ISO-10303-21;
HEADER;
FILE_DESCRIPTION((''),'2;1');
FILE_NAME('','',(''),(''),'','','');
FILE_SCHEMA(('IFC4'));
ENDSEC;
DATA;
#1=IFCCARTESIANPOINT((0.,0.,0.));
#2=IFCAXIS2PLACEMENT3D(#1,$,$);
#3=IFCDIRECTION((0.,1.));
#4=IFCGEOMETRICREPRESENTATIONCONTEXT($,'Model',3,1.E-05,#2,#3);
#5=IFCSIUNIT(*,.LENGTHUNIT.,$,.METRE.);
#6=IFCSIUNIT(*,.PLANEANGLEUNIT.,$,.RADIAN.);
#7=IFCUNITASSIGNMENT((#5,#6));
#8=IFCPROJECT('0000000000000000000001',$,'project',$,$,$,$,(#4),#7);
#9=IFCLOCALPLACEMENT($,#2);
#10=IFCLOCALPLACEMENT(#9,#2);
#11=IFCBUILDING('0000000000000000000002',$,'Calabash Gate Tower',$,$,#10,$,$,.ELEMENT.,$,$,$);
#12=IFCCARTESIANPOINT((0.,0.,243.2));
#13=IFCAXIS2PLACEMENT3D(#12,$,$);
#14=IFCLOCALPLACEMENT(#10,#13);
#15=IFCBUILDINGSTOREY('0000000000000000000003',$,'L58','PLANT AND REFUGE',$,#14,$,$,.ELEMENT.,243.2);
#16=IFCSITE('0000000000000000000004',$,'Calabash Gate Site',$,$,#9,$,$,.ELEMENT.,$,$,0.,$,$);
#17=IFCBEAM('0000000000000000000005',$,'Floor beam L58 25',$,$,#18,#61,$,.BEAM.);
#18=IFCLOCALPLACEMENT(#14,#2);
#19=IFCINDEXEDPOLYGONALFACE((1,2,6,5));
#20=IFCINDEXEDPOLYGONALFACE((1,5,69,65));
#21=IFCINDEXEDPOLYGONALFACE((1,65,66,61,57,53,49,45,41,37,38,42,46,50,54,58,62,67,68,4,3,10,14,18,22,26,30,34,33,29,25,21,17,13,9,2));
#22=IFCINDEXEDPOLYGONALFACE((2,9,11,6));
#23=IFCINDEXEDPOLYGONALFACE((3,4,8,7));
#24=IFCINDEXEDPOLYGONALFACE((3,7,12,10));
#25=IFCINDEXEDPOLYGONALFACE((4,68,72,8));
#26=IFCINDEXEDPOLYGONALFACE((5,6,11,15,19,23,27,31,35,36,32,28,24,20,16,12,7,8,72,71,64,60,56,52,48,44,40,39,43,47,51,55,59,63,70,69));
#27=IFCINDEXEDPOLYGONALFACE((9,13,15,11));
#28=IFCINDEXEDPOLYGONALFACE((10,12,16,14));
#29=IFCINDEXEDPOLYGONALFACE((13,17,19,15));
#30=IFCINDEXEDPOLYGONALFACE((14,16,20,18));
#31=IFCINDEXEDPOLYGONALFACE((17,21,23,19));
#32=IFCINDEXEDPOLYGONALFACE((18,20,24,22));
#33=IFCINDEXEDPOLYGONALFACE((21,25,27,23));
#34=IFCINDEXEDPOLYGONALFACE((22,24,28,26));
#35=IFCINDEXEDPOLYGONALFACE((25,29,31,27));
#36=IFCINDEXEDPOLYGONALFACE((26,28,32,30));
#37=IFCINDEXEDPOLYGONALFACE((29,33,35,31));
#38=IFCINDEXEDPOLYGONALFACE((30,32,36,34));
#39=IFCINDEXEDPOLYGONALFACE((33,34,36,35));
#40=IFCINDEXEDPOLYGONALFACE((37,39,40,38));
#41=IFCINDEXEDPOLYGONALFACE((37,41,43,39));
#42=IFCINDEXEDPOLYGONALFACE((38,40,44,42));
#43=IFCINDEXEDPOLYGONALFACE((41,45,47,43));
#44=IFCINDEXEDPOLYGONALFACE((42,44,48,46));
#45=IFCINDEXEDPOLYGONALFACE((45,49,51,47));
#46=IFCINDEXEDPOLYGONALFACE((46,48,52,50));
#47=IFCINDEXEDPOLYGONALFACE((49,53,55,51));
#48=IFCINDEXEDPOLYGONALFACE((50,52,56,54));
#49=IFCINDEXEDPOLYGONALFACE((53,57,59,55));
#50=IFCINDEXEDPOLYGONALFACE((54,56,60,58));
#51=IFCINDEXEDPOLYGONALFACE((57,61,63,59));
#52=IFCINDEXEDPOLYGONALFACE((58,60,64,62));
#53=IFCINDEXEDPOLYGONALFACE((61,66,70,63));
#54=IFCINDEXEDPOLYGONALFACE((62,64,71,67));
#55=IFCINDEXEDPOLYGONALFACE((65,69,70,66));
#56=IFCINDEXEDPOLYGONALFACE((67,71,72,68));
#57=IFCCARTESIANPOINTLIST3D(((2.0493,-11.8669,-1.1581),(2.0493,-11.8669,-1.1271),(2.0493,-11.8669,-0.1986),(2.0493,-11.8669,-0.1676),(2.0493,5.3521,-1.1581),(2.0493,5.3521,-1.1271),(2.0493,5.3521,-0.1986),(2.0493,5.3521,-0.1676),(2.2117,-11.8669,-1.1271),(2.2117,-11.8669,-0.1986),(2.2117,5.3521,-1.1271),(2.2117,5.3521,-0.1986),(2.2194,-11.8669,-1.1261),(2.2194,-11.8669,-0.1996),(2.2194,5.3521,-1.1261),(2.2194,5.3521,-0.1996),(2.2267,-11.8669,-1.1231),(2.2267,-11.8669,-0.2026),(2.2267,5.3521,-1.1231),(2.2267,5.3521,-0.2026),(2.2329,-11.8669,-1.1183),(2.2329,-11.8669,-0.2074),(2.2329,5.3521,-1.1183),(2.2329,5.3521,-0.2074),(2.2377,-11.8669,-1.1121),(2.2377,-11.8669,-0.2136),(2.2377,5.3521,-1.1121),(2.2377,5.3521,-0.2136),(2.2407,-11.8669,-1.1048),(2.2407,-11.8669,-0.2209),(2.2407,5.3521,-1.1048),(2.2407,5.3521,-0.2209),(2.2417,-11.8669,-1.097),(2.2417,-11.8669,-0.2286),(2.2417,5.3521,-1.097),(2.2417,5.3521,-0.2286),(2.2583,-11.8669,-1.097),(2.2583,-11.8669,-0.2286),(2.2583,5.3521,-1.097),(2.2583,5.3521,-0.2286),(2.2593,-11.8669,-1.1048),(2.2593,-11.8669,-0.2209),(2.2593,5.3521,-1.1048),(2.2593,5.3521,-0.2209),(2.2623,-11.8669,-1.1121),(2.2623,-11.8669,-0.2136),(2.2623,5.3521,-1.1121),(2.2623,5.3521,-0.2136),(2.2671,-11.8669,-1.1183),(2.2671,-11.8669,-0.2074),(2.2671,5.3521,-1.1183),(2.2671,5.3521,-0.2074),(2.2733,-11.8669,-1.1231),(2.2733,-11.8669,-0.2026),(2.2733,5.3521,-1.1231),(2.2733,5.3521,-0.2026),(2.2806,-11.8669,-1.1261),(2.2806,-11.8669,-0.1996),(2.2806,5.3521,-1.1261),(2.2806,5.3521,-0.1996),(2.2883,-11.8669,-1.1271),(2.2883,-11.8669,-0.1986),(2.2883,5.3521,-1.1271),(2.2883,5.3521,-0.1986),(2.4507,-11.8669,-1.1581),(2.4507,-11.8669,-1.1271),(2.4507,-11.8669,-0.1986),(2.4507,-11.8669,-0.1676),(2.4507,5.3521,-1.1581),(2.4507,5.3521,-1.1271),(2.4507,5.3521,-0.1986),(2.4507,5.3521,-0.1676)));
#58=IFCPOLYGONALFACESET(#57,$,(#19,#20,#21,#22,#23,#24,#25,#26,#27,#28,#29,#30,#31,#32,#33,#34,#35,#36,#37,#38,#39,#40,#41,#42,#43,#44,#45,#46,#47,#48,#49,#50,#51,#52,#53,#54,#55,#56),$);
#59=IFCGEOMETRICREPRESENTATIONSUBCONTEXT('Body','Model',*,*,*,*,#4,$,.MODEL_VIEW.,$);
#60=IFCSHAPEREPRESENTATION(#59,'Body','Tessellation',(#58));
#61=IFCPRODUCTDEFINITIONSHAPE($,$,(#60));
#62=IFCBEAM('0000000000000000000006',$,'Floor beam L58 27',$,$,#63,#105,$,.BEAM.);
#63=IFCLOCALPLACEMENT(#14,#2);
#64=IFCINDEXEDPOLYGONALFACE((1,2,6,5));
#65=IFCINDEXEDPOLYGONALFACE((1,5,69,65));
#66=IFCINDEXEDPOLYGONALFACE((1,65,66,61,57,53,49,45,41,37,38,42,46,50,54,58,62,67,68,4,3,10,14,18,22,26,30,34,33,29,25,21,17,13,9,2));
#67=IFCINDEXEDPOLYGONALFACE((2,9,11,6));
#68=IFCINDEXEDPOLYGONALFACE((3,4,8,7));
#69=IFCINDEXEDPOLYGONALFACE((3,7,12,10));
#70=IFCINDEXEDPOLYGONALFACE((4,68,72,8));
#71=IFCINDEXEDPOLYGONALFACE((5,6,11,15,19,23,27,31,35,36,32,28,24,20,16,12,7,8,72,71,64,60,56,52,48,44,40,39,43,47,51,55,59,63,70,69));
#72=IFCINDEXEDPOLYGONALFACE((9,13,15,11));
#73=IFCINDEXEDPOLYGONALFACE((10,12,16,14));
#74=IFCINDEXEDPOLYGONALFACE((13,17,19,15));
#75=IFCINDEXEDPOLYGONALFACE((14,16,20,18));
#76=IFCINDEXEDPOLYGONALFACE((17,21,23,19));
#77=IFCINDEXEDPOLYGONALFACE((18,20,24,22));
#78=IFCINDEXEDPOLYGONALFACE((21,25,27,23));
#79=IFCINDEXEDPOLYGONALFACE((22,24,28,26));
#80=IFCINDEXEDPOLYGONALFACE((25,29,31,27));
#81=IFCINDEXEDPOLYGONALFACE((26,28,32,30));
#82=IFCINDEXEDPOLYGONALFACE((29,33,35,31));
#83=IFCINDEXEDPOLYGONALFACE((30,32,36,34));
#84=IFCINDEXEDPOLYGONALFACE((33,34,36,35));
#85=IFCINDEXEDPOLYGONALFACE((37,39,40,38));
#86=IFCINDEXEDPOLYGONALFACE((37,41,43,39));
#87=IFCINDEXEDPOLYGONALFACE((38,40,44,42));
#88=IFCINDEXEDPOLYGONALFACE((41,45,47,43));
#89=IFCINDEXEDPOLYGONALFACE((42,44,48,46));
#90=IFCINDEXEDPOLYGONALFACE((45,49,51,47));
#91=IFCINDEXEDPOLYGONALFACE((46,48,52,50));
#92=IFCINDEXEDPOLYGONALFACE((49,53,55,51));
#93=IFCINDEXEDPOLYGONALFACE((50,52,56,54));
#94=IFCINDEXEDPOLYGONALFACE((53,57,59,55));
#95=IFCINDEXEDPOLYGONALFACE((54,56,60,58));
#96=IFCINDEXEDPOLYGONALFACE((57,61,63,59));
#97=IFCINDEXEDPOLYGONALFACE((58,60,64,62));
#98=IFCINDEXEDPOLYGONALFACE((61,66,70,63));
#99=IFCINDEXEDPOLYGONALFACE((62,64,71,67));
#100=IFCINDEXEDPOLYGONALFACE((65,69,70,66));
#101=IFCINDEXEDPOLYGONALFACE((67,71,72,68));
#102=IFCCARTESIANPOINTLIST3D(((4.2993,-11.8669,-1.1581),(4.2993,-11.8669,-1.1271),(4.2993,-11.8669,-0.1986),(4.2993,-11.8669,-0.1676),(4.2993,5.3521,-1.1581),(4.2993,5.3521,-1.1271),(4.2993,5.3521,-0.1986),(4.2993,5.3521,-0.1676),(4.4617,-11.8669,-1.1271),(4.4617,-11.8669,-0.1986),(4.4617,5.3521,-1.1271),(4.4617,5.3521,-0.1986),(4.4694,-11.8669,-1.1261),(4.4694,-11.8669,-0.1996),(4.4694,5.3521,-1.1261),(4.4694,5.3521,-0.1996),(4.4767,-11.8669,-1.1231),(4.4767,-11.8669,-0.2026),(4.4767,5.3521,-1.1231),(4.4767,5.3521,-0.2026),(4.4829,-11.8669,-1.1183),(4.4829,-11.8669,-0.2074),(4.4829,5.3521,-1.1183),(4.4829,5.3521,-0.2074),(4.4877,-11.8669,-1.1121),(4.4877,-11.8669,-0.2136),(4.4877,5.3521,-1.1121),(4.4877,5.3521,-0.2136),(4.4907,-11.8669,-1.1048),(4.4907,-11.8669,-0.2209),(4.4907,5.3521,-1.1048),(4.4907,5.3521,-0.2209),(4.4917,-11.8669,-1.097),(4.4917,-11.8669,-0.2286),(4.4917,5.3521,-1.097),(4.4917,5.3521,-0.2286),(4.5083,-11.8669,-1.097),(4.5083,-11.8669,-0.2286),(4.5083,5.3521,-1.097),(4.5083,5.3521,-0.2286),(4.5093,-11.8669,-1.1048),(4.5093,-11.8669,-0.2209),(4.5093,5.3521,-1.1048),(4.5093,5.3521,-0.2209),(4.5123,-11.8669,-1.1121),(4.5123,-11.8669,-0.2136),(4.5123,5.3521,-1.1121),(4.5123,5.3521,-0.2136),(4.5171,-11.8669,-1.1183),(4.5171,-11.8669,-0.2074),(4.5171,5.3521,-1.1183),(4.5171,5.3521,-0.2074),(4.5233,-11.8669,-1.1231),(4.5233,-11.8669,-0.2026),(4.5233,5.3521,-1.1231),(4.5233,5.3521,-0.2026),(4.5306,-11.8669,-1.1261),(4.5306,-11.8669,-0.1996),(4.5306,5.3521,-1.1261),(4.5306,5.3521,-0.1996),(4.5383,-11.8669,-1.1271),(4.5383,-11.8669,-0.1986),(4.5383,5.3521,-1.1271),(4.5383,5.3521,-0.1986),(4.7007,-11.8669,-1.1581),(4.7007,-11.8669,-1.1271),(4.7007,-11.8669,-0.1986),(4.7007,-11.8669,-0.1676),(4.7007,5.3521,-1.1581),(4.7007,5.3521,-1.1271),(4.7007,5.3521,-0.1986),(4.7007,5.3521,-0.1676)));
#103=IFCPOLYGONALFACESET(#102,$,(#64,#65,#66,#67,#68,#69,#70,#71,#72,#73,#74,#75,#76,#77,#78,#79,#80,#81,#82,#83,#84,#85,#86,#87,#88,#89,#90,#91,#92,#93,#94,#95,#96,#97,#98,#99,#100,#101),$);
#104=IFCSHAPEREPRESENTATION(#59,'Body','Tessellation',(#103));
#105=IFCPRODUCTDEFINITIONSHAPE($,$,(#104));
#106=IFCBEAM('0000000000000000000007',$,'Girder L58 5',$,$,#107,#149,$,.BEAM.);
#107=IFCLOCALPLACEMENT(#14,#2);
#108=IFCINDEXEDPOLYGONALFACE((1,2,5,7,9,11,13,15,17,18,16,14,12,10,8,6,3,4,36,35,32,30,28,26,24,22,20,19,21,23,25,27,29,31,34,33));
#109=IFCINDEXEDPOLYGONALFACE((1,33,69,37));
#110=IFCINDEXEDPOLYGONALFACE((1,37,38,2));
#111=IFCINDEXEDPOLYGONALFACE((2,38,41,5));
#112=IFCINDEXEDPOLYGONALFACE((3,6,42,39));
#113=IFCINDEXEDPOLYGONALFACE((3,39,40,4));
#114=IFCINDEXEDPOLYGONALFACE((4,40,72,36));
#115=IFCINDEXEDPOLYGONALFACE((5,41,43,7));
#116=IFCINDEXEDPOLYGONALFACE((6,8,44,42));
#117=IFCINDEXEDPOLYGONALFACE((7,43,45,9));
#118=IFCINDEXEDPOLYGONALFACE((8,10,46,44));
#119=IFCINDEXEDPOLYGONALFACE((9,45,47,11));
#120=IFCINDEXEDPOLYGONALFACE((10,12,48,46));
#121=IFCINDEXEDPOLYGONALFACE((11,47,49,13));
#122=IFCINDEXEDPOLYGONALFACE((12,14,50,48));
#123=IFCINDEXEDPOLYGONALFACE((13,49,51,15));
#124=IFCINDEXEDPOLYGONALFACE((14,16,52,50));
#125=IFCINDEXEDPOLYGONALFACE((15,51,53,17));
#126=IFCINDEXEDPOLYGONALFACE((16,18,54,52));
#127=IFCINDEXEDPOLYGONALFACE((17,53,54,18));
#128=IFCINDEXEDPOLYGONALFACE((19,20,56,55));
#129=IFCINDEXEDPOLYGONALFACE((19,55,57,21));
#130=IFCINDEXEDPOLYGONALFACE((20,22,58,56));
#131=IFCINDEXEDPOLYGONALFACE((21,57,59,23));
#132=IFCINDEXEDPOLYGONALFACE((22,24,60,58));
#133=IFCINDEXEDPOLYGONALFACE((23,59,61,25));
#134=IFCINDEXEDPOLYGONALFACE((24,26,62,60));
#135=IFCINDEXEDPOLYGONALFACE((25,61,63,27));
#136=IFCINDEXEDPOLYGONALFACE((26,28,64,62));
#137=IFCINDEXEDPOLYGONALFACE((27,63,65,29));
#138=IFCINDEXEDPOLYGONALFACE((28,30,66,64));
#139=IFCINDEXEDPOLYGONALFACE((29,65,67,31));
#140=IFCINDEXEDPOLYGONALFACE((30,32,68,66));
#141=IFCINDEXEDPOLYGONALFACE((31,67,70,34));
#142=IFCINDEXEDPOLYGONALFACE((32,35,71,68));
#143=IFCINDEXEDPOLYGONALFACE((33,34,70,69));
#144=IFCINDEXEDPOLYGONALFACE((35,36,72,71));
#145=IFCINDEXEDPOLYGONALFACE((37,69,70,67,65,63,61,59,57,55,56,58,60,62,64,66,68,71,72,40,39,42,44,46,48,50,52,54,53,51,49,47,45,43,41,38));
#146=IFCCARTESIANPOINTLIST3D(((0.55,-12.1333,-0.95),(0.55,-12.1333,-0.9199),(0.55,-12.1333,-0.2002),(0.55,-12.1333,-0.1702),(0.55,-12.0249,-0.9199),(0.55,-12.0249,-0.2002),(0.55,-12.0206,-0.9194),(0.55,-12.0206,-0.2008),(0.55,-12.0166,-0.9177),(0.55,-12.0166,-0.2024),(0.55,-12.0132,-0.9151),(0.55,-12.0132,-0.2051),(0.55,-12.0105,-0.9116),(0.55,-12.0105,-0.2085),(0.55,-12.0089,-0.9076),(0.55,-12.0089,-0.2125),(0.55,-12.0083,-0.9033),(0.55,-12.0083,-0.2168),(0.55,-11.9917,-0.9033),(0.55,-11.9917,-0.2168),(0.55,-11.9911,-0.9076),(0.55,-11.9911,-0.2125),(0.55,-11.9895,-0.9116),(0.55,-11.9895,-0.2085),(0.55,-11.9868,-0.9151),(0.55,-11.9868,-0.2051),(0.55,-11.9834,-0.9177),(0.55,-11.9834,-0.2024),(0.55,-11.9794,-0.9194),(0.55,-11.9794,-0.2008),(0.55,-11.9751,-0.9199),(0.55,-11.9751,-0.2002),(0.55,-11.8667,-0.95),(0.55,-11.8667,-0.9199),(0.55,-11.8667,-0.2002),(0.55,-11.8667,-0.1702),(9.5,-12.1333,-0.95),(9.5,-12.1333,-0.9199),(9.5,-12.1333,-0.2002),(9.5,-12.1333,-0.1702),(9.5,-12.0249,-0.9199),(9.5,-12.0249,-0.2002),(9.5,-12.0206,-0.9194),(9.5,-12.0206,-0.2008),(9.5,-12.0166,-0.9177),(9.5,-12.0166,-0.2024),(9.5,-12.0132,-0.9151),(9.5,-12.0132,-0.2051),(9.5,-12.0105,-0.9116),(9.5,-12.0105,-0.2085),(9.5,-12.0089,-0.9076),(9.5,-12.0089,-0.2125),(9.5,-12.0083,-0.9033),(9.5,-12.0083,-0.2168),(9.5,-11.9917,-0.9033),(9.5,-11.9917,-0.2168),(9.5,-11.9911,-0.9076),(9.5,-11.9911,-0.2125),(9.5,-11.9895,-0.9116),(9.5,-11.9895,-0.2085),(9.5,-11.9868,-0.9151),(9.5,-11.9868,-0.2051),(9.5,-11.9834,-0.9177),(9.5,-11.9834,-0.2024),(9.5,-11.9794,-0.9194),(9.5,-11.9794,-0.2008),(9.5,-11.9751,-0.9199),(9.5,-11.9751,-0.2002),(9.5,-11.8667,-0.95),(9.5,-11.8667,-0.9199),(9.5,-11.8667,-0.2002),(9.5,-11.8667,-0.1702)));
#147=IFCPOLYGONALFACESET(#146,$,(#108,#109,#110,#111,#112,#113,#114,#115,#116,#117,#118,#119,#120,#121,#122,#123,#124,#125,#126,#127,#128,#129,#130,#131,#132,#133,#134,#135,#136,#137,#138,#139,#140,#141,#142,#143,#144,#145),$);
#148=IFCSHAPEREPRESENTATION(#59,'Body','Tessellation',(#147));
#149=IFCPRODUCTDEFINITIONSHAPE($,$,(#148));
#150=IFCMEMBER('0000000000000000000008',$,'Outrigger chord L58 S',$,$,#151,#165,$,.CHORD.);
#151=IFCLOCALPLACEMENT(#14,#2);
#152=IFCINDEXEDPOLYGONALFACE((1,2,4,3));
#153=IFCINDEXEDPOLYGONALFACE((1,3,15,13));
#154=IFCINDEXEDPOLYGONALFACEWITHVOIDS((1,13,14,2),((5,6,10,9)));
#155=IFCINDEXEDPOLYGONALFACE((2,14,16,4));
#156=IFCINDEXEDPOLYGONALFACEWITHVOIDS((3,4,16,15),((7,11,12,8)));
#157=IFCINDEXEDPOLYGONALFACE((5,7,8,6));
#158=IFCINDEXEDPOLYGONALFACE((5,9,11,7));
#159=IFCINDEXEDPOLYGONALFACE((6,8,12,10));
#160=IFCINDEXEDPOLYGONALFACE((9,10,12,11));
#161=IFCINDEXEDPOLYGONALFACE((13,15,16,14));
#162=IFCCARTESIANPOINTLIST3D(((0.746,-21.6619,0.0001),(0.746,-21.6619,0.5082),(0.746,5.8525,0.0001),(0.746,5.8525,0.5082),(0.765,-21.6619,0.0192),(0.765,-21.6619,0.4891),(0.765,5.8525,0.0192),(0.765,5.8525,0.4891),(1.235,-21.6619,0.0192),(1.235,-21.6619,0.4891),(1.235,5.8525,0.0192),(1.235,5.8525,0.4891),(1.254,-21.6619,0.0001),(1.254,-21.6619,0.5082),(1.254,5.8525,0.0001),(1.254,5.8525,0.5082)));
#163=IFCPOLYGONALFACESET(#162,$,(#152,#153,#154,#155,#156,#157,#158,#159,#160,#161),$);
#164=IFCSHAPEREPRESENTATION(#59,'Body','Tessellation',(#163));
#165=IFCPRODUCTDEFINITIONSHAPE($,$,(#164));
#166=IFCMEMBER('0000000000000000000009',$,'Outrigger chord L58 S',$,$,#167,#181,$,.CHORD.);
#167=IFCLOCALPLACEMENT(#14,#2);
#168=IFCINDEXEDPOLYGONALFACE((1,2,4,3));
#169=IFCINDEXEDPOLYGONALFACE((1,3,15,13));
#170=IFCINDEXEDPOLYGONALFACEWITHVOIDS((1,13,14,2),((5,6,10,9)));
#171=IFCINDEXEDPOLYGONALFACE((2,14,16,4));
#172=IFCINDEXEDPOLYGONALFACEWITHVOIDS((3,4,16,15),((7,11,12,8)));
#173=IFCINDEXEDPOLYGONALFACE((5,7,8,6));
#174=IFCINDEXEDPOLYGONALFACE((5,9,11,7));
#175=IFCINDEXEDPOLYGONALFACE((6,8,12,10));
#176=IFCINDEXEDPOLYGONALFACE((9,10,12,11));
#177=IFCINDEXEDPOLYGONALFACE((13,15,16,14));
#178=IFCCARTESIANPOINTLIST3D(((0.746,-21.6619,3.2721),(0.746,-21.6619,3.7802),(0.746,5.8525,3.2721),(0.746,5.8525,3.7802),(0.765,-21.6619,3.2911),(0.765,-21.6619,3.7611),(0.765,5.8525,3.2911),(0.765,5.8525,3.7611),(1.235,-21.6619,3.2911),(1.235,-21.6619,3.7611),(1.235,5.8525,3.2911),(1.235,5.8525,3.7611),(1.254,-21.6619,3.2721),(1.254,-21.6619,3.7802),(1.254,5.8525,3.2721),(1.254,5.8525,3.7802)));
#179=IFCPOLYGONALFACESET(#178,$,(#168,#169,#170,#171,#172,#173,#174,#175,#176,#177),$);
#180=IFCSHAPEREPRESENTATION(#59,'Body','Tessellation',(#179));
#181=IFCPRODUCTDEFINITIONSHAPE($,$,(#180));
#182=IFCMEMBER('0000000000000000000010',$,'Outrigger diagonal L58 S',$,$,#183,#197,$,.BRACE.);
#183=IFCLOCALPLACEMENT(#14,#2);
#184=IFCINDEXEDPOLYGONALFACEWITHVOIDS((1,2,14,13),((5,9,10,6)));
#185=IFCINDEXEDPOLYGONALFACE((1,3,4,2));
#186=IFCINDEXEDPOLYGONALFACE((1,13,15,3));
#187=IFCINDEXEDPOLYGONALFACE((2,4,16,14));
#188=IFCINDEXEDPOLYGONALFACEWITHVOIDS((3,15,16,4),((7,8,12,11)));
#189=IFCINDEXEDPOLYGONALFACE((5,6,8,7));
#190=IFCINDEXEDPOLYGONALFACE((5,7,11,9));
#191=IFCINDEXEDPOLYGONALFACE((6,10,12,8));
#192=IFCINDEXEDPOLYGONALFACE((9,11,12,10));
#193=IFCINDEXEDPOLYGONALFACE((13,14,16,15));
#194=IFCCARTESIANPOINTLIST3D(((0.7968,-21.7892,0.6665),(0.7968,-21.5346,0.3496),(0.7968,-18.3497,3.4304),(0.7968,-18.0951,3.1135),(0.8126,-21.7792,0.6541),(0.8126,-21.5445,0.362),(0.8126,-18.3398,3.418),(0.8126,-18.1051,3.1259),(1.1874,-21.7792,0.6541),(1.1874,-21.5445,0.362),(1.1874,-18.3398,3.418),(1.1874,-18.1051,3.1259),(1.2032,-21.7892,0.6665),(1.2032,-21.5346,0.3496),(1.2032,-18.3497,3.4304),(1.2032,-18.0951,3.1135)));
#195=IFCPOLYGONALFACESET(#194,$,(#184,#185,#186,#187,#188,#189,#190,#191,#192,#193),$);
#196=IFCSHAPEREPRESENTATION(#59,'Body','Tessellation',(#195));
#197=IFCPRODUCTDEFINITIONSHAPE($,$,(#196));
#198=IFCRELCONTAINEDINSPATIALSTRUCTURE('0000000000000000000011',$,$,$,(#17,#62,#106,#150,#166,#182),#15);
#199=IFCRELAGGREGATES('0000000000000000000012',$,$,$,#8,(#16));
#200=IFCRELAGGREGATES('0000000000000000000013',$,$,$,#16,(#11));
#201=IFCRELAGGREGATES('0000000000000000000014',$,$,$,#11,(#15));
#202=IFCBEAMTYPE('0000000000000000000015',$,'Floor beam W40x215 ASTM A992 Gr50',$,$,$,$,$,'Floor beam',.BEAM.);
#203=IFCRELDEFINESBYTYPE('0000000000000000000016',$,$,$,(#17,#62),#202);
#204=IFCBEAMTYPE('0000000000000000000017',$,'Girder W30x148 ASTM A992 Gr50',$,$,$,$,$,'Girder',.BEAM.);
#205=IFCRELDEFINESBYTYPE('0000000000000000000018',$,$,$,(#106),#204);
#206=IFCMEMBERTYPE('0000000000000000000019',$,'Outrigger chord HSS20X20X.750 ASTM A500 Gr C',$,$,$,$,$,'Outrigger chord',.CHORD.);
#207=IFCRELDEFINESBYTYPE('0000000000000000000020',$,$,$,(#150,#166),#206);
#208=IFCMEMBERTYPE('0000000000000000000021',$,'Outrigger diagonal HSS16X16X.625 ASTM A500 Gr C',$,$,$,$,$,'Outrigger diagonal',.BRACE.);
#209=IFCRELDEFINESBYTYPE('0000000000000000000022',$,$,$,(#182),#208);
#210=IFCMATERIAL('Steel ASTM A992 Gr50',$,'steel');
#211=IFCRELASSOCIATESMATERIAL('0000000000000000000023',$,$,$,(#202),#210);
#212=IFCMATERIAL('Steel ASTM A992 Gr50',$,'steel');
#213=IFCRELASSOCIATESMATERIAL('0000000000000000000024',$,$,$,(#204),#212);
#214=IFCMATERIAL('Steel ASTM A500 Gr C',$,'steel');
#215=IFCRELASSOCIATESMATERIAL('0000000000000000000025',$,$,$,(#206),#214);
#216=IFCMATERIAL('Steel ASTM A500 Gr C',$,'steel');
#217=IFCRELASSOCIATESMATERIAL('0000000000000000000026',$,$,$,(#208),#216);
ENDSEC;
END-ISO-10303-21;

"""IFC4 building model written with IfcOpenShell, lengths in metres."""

from ifc_helpers import new_model, si_unit, direction, frame, origin, origin_2d, place, context, subcontext, project, spatial, hollow_rectangle, i_section, extrude, material, material_profile, profile_set, type_object, element, save


model = new_model("IFC4")

# Units and contexts
model_context = context("Model", 3, precision=1e-05, world=origin(), true_north=direction((0.0, 1.0)))
body_context = subcontext(model_context, "Body", "Model", "MODEL_VIEW")
ifc_project = project(units=[si_unit("LENGTHUNIT", "METRE"), si_unit("PLANEANGLEUNIT", "RADIAN")], contexts=[model_context])

# Site, building, storey
site_placement = place(None, origin())
site = spatial("IfcSite", under=ifc_project, at=site_placement, Name="Calabash Gate Site", CompositionType="ELEMENT", RefElevation=0.0)
building_placement = place(site_placement, origin())
building = spatial("IfcBuilding", under=site, at=building_placement, Name="Calabash Gate Tower", CompositionType="ELEMENT")
storey_placement = place(building_placement, frame((0.0, 0.0, 243.2)))
storey = spatial("IfcBuildingStorey", under=building, at=storey_placement, Name="L58", Description="PLANT AND REFUGE", CompositionType="ELEMENT", Elevation=243.2)

# Beams
ifc_material_1 = material(Name="Steel ASTM A992 Gr50", Category="steel")
ifc_material_profile_1 = material_profile(ifc_material_1, i_section(OverallWidth=0.4014, OverallDepth=0.9905, WebThickness=0.0166, FlangeThickness=0.031, FilletRadius=0.03, at=origin_2d()))
ifc_profile_set_1 = profile_set([ifc_material_profile_1], Name="Steel ASTM A992 Gr50")
beam_type_1 = type_object("IfcBeamType", Name="Floor beam W40x215 ASTM A992 Gr50", ElementType="Floor beam", PredefinedType="BEAM", material=ifc_profile_set_1)
for number, where, z_axis, x_axis, name in (
    (1, (2.25, -11.8669, -0.6628), (0.0, 1.0, 0.0), (-1.0, 0.0, 0.0), "Floor beam L58 25"),
    (2, (4.5, -11.8669, -0.6628), (0.0, 1.0, 0.0), (-1.0, 0.0, 0.0), "Floor beam L58 27"),
):
    element("IfcBeam", number, at=place(storey_placement, frame(where, z_axis=z_axis, x_axis=x_axis)), inside=storey, type_object=beam_type_1, Name=name, PredefinedType="BEAM", context=body_context, shape_type="SweptSolid", body=[
        extrude(i_section(OverallWidth=0.4014, OverallDepth=0.9905, WebThickness=0.0166, FlangeThickness=0.031, FilletRadius=0.03, at=origin_2d()), origin(), (0.0, 0.0, 1.0), 17.219),
    ])
ifc_material_2 = material(Name="Steel ASTM A992 Gr50", Category="steel")
ifc_material_profile_2 = material_profile(ifc_material_2, i_section(OverallWidth=0.2666, OverallDepth=0.7798, WebThickness=0.0166, FlangeThickness=0.03, FilletRadius=0.0166, at=origin_2d()))
ifc_profile_set_2 = profile_set([ifc_material_profile_2], Name="Steel ASTM A992 Gr50")
beam_type_2 = type_object("IfcBeamType", Name="Girder W30x148 ASTM A992 Gr50", ElementType="Girder", PredefinedType="BEAM", material=ifc_profile_set_2)
beam_1_placement = place(storey_placement, frame((0.55, -12.0, -0.5601), z_axis=(1.0, 0.0, 0.0), x_axis=(0.0, 1.0, 0.0)))
element("IfcBeam", 3, at=beam_1_placement, inside=storey, type_object=beam_type_2, Name="Girder L58 5", PredefinedType="BEAM", context=body_context, shape_type="SweptSolid", body=[
    extrude(i_section(OverallWidth=0.2666, OverallDepth=0.7798, WebThickness=0.0166, FlangeThickness=0.03, FilletRadius=0.0166, at=origin_2d()), origin(), (0.0, 0.0, 1.0), 8.95),
])

# Members
ifc_material_3 = material(Name="Steel ASTM A500 Gr C", Category="steel")
ifc_material_profile_3 = material_profile(ifc_material_3, hollow_rectangle(XDim=0.5081, YDim=0.5081, WallThickness=0.019, at=origin_2d()))
ifc_profile_set_3 = profile_set([ifc_material_profile_3], Name="Steel ASTM A500 Gr C")
member_type_1 = type_object("IfcMemberType", Name="Outrigger chord HSS20X20X.750 ASTM A500 Gr C", ElementType="Outrigger chord", PredefinedType="CHORD", material=ifc_profile_set_3)
for number, where, z_axis, x_axis, name in (
    (4, (1.0, -21.6619, 0.2542), (0.0, 1.0, 0.0), (-1.0, 0.0, 0.0), "Outrigger chord L58 S"),
    (5, (1.0, -21.6619, 3.5261), (0.0, 1.0, 0.0), (-1.0, 0.0, 0.0), "Outrigger chord L58 S"),
):
    element("IfcMember", number, at=place(storey_placement, frame(where, z_axis=z_axis, x_axis=x_axis)), inside=storey, type_object=member_type_1, Name=name, PredefinedType="CHORD", context=body_context, shape_type="SweptSolid", body=[
        extrude(hollow_rectangle(XDim=0.5081, YDim=0.5081, WallThickness=0.019, at=origin_2d()), origin(), (0.0, 0.0, 1.0), 27.5144),
    ])
ifc_material_4 = material(Name="Steel ASTM A500 Gr C", Category="steel")
ifc_material_profile_4 = material_profile(ifc_material_4, hollow_rectangle(XDim=0.4065, YDim=0.4065, WallThickness=0.0159, at=origin_2d()))
ifc_profile_set_4 = profile_set([ifc_material_profile_4], Name="Steel ASTM A500 Gr C")
member_type_2 = type_object("IfcMemberType", Name="Outrigger diagonal HSS16X16X.625 ASTM A500 Gr C", ElementType="Outrigger diagonal", PredefinedType="BRACE", material=ifc_profile_set_4)
member_1_placement = place(storey_placement, frame((1.0, -21.6619, 0.5081), z_axis=(0.0, 0.779501, 0.626401), x_axis=(-1.0, 0.0, 0.0)))
element("IfcMember", 6, at=member_1_placement, inside=storey, type_object=member_type_2, Name="Outrigger diagonal L58 S", PredefinedType="BRACE", context=body_context, shape_type="SweptSolid", body=[
    extrude(hollow_rectangle(XDim=0.4065, YDim=0.4065, WallThickness=0.0159, at=origin_2d()), origin(), (0.0, 0.0, 1.0), 4.4124),
])

save(model, "model.ifc")
